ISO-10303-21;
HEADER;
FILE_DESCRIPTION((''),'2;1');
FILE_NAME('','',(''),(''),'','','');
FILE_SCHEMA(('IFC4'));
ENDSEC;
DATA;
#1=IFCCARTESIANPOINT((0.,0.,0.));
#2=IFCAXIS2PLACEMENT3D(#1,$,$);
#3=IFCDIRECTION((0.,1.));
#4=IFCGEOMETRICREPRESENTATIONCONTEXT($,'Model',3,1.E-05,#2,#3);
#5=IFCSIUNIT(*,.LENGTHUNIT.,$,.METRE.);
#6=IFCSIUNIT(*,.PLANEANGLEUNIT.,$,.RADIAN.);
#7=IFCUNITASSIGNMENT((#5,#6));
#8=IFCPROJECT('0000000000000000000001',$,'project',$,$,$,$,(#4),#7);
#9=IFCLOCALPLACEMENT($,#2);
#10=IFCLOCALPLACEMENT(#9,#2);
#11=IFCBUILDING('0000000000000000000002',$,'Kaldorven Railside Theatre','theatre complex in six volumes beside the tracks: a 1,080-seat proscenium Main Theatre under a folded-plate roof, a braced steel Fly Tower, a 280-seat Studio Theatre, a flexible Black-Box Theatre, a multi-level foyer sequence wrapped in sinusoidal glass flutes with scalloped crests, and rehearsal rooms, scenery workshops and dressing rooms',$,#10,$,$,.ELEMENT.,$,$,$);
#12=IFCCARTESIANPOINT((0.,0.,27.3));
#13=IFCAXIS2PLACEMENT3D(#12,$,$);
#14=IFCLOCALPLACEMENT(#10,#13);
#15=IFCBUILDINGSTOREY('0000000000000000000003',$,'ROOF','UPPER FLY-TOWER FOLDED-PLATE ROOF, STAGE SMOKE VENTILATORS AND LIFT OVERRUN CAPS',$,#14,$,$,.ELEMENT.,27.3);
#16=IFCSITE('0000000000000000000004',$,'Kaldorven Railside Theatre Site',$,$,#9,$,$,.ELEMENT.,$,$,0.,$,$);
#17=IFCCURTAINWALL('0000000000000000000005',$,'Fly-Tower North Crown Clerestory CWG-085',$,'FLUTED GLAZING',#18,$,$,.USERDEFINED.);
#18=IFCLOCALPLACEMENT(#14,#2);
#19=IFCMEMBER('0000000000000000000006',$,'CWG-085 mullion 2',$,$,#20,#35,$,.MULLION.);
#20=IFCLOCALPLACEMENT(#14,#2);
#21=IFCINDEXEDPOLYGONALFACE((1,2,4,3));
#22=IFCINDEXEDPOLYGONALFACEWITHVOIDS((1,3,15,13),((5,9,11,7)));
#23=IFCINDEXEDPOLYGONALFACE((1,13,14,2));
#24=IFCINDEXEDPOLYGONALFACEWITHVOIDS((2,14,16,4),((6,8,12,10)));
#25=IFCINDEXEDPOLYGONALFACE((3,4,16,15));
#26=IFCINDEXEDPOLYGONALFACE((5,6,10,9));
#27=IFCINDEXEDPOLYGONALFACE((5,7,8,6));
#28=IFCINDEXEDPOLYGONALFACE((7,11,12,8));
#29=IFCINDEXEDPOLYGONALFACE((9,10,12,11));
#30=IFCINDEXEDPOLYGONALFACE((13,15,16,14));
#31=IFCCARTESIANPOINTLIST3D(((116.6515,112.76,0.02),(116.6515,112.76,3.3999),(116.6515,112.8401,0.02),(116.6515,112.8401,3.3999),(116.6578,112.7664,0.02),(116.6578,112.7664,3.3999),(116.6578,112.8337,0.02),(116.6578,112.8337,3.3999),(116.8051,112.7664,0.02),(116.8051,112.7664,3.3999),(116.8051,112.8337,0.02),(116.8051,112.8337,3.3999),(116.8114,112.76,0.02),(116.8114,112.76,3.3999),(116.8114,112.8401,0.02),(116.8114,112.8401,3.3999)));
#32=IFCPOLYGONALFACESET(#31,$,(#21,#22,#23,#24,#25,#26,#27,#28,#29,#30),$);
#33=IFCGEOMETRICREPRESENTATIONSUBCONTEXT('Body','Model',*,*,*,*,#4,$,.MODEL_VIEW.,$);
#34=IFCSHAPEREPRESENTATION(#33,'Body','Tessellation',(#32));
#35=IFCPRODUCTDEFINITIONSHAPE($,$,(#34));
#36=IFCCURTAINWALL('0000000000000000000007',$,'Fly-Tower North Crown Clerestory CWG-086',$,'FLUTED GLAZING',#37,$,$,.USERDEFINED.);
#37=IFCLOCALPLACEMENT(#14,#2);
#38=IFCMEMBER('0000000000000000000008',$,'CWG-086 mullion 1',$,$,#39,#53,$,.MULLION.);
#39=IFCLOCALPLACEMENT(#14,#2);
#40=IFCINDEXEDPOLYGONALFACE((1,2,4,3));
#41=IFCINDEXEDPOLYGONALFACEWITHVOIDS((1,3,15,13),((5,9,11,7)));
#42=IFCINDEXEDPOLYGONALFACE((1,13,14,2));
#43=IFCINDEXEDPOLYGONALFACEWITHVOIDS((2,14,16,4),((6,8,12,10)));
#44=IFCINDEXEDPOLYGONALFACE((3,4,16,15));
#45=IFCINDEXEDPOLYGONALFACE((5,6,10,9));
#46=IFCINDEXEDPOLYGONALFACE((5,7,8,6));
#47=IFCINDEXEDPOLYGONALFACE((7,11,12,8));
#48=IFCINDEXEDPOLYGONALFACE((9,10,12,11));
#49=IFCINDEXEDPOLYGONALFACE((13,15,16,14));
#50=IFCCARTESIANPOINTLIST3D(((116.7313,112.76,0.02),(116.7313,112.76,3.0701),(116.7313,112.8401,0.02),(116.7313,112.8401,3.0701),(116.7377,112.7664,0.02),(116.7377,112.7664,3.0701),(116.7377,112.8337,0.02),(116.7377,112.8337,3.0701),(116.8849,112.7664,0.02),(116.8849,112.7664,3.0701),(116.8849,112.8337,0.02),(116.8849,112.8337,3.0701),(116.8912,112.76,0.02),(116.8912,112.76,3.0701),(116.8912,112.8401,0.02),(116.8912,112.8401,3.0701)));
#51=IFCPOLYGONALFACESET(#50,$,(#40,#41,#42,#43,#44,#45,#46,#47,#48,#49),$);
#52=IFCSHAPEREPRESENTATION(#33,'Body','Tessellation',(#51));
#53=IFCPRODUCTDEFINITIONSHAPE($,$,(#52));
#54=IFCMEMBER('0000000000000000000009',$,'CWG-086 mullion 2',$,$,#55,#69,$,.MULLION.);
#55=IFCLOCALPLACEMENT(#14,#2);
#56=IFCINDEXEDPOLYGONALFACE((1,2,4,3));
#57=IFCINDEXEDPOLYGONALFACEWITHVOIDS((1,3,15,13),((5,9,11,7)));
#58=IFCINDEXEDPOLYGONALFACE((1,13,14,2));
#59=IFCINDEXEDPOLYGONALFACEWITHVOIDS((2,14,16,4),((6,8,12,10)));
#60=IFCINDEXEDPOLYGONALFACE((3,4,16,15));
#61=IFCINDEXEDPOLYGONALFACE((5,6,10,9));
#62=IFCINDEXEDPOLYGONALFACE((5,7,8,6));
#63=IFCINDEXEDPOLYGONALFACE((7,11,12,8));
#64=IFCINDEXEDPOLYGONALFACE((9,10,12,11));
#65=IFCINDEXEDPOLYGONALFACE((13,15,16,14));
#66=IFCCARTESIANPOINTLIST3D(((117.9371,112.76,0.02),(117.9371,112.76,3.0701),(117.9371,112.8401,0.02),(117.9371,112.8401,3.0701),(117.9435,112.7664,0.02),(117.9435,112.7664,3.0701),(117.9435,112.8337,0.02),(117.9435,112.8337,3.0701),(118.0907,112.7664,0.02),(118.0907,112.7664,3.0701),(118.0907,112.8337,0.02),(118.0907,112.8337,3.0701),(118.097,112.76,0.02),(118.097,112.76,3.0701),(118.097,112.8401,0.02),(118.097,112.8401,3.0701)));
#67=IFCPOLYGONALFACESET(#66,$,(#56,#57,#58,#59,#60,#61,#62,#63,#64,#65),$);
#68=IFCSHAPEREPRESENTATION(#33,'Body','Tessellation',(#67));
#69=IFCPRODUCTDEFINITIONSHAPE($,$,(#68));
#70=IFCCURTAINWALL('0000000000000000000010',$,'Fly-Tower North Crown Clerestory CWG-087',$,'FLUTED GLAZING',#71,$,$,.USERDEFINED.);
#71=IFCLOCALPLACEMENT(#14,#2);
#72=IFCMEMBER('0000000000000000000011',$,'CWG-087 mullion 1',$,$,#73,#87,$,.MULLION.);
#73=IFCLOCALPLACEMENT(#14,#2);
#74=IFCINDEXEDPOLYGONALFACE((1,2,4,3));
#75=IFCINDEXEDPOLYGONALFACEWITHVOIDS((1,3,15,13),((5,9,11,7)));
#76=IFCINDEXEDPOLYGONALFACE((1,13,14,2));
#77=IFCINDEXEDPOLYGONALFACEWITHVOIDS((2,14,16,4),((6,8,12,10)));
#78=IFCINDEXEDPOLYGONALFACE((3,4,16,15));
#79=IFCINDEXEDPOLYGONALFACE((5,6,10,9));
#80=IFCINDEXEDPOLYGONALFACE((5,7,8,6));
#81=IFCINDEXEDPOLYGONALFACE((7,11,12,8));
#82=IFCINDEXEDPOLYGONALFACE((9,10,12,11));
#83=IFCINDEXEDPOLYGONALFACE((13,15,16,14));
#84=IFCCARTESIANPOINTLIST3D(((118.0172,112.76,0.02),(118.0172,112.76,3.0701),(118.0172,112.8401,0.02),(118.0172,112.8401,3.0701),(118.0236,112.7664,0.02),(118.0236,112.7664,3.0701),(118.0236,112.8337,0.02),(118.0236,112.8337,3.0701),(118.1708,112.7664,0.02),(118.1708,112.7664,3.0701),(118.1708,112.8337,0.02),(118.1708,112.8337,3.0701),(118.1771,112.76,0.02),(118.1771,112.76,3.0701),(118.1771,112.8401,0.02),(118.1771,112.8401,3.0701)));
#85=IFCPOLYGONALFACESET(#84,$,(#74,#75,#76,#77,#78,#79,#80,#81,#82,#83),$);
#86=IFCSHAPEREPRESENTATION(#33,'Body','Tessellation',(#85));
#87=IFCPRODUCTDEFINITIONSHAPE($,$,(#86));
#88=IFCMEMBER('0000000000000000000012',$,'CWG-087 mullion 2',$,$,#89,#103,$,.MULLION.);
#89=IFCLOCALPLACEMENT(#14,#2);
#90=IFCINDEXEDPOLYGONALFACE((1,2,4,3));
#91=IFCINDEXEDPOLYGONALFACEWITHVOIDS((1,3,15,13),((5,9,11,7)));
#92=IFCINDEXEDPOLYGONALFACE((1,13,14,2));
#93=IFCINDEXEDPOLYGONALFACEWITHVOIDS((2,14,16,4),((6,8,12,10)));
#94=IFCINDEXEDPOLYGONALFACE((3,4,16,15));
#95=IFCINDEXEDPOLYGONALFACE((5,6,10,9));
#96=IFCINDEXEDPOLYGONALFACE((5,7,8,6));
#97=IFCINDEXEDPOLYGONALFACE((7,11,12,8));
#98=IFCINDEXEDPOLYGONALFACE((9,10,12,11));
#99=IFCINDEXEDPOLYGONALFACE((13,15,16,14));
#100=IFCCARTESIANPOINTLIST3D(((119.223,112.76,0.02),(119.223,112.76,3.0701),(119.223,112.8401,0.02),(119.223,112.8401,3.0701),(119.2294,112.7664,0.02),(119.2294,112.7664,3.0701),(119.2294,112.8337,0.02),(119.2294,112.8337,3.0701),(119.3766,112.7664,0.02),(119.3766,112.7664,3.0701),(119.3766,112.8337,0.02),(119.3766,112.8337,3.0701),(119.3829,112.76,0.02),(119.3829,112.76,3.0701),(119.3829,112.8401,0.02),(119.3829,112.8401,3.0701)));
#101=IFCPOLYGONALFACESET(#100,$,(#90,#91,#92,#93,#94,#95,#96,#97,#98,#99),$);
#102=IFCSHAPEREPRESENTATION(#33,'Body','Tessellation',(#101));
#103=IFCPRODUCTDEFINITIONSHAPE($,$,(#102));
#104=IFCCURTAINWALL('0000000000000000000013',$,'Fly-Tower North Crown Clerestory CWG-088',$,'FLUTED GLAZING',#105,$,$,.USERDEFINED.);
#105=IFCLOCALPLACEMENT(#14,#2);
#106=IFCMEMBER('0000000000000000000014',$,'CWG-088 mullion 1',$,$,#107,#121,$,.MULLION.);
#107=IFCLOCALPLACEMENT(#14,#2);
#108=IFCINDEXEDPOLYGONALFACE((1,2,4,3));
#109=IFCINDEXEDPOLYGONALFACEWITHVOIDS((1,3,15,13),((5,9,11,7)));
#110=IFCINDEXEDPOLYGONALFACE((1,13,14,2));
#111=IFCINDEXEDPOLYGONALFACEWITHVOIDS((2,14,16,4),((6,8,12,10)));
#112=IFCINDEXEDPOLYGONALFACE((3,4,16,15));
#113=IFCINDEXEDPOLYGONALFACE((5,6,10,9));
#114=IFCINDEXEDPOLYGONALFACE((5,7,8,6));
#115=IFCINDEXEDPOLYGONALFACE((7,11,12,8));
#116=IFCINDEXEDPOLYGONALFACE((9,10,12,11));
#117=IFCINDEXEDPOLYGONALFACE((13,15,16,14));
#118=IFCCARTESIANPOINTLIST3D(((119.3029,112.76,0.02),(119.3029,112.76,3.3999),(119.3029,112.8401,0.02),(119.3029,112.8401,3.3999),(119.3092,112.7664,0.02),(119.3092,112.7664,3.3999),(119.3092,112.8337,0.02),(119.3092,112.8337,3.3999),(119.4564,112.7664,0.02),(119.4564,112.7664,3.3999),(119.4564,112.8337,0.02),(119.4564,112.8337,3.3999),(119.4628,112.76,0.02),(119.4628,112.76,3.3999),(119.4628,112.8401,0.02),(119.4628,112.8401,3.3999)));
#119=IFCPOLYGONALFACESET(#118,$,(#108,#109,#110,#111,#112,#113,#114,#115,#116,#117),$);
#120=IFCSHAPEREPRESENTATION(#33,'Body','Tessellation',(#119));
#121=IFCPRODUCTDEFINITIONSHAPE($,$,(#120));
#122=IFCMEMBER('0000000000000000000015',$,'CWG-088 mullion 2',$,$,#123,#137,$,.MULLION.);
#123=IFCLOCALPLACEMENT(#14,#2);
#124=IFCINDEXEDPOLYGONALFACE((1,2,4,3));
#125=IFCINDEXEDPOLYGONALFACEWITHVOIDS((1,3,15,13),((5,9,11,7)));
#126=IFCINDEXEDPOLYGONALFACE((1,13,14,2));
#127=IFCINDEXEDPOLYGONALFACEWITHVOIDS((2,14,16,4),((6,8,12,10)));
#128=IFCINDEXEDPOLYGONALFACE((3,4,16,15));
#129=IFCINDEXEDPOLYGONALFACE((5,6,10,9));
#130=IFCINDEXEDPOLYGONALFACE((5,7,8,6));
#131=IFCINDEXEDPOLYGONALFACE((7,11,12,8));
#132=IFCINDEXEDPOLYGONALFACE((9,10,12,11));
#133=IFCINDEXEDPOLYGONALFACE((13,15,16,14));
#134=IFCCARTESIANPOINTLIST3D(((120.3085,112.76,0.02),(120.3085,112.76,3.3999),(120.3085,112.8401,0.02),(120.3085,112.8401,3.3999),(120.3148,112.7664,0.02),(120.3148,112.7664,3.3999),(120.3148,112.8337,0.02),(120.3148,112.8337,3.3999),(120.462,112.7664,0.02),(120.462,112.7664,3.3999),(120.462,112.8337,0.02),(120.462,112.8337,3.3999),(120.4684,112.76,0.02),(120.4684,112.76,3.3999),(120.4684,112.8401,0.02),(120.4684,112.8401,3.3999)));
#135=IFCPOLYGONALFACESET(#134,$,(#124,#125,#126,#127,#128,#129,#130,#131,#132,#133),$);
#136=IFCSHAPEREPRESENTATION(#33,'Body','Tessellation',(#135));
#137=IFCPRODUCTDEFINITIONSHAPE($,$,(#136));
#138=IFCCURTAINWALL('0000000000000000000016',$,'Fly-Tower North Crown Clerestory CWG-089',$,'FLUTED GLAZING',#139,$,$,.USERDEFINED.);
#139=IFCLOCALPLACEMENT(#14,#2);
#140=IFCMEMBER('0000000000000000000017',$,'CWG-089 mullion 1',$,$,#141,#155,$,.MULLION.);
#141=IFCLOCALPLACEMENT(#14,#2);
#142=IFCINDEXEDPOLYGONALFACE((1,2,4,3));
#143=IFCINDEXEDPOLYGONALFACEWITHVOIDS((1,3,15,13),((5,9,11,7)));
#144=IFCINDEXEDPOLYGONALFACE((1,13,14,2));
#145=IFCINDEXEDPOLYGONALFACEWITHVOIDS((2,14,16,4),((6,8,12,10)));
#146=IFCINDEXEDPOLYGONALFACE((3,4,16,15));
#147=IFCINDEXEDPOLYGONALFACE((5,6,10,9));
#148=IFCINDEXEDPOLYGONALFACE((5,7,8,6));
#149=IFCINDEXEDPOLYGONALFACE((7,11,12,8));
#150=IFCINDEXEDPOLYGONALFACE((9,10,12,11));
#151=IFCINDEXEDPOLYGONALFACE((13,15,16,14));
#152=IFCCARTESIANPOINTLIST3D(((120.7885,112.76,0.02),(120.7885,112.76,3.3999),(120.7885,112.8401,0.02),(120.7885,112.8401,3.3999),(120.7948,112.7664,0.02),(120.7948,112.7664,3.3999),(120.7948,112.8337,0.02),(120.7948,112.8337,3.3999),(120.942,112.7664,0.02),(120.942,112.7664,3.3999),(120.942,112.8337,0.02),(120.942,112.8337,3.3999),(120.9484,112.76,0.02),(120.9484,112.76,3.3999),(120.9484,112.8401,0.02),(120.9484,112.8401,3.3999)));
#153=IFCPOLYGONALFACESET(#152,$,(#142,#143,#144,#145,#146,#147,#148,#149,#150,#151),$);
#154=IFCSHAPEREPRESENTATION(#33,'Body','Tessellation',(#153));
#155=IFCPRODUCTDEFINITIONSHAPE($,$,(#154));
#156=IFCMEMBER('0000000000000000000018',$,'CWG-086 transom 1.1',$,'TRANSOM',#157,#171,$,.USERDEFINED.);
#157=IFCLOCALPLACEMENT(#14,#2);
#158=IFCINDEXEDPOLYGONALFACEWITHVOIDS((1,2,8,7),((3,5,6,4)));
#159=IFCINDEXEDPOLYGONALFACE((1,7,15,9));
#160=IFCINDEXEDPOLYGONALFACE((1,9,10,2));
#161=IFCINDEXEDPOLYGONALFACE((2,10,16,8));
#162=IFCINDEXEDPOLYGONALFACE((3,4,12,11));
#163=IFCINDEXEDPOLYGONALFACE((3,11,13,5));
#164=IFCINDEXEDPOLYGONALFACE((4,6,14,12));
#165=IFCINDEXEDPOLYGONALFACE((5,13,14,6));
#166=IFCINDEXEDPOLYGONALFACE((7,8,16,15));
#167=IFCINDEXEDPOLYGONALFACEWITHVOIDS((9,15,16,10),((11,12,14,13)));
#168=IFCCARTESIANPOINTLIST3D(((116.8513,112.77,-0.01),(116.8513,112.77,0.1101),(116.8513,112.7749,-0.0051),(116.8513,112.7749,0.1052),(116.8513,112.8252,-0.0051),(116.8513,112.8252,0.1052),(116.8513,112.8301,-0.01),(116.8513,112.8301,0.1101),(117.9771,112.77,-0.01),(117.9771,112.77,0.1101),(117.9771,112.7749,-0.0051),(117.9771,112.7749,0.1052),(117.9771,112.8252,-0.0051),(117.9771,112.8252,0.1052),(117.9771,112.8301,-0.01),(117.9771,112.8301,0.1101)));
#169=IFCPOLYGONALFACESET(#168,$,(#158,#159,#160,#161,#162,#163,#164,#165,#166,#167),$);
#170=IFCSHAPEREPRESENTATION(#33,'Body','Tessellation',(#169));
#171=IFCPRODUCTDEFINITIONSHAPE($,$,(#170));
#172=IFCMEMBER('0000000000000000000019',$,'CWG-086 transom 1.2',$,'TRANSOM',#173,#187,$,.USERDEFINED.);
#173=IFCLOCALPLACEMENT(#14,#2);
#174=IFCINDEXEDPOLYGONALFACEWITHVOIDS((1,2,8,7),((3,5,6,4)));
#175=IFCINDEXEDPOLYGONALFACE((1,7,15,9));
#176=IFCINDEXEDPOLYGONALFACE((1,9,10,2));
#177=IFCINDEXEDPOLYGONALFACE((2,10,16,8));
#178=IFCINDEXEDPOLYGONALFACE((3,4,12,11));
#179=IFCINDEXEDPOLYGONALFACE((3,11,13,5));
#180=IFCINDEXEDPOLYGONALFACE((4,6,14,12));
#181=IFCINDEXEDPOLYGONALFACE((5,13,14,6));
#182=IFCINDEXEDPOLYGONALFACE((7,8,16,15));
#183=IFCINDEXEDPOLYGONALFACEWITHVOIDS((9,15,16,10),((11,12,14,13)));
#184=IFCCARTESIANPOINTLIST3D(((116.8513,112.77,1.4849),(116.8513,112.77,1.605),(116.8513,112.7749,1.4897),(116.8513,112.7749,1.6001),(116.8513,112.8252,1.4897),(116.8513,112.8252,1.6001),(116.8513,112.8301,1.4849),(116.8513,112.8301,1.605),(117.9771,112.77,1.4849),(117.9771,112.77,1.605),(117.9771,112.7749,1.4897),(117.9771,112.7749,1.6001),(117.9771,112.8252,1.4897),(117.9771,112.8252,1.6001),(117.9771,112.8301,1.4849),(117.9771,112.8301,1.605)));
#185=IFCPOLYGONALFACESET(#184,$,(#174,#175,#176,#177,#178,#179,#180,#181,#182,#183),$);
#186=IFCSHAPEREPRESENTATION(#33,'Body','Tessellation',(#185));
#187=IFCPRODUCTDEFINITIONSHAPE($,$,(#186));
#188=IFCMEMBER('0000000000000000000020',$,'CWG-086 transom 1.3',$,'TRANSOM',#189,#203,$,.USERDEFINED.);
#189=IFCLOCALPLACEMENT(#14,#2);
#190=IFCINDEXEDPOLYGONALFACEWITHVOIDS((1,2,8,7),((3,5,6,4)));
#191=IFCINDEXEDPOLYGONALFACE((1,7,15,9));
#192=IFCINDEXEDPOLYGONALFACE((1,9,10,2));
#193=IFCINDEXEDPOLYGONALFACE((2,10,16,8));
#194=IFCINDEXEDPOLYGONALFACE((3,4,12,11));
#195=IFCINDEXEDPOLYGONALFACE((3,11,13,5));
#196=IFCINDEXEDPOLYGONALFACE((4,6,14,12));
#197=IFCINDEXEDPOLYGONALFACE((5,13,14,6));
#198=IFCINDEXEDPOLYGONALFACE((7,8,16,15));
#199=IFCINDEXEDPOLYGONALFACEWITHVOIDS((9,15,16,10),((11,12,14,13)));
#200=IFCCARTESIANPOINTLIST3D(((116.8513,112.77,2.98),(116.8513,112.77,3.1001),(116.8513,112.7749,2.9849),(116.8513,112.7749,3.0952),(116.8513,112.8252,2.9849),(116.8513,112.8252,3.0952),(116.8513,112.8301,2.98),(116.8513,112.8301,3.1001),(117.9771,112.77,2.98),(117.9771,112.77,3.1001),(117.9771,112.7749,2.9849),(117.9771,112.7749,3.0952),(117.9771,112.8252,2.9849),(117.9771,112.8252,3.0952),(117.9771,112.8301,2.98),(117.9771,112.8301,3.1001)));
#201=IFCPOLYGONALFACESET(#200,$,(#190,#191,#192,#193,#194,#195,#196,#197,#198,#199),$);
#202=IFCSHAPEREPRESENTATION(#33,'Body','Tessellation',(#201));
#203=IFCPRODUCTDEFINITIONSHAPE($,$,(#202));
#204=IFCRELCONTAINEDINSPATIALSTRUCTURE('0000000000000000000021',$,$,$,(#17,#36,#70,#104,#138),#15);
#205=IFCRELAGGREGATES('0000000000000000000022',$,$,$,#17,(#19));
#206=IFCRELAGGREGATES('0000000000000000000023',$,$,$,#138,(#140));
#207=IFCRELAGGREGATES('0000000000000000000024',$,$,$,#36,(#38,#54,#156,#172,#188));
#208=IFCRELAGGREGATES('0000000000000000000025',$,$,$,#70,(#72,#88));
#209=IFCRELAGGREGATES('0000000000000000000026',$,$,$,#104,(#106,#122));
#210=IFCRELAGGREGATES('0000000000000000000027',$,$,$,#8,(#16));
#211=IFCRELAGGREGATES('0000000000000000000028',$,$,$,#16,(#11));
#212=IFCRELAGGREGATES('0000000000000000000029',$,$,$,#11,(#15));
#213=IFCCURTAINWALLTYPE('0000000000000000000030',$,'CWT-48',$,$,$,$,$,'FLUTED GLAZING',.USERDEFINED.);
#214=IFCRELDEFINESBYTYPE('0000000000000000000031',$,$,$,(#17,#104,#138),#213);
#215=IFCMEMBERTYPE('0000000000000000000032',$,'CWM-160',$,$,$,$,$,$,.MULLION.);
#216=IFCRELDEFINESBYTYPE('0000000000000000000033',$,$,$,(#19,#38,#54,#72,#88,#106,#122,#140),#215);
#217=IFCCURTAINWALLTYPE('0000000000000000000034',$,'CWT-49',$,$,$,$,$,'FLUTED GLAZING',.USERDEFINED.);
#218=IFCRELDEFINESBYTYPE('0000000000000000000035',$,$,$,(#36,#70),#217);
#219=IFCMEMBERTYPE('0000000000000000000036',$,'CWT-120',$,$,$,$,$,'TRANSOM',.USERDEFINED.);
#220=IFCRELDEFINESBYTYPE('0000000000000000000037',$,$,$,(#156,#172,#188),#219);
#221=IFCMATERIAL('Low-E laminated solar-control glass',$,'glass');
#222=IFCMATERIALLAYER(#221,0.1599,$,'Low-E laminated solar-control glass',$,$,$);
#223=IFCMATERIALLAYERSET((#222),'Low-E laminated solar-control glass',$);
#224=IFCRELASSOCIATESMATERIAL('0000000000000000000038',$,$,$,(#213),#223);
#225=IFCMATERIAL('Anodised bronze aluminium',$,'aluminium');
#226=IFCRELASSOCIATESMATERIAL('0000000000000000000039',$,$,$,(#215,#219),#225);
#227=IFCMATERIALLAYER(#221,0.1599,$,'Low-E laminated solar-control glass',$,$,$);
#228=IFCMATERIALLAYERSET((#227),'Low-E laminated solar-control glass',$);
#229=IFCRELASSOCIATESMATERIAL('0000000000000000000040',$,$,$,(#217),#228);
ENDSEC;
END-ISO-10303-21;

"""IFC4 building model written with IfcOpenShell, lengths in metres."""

from ifc_helpers import new_model, si_unit, direction, frame, origin, origin_2d, place, context, subcontext, project, spatial, hollow_rectangle, extrude, material, layer, layer_set, material_profile, profile_set, type_object, element, aggregate, save


model = new_model("IFC4")

# Units and contexts
model_context = context("Model", 3, precision=1e-05, world=origin(), true_north=direction((0.0, 1.0)))
body_context = subcontext(model_context, "Body", "Model", "MODEL_VIEW")
ifc_project = project(units=[si_unit("LENGTHUNIT", "METRE"), si_unit("PLANEANGLEUNIT", "RADIAN")], contexts=[model_context])

# Site, building, storey
site_placement = place(None, origin())
site = spatial("IfcSite", under=ifc_project, at=site_placement, Name="Kaldorven Railside Theatre Site", CompositionType="ELEMENT", RefElevation=0.0)
building_placement = place(site_placement, origin())
building = spatial("IfcBuilding", under=site, at=building_placement, Name="Kaldorven Railside Theatre", Description="theatre complex in six volumes beside the tracks: a 1,080-seat proscenium Main Theatre under a folded-plate roof, a braced steel Fly Tower, a 280-seat Studio Theatre, a flexible Black-Box Theatre, a multi-level foyer sequence wrapped in sinusoidal glass flutes with scalloped crests, and rehearsal rooms, scenery workshops and dressing rooms", CompositionType="ELEMENT")
storey_placement = place(building_placement, frame((0.0, 0.0, 27.3)))
storey = spatial("IfcBuildingStorey", under=building, at=storey_placement, Name="ROOF", Description="UPPER FLY-TOWER FOLDED-PLATE ROOF, STAGE SMOKE VENTILATORS AND LIFT OVERRUN CAPS", CompositionType="ELEMENT", Elevation=27.3)

# Curtain wall, member
ifc_material_1 = material(Name="Low-E laminated solar-control glass", Category="glass")
ifc_layer_1 = layer(ifc_material_1, 0.1599, Name="Low-E laminated solar-control glass")
ifc_layer_set_1 = layer_set([ifc_layer_1], Name="Low-E laminated solar-control glass")
curtain_wall_type_1 = type_object("IfcCurtainWallType", Name="CWT-48", ElementType="FLUTED GLAZING", PredefinedType="USERDEFINED", material=ifc_layer_set_1)
curtain_wall_1_placement = place(storey_placement, origin())
curtain_wall_1 = element("IfcCurtainWall", 1, at=curtain_wall_1_placement, inside=storey, type_object=curtain_wall_type_1, Name="Fly-Tower North Crown Clerestory CWG-085", ObjectType="FLUTED GLAZING", PredefinedType="USERDEFINED")
ifc_material_2 = material(Name="Anodised bronze aluminium", Category="aluminium")
ifc_material_profile_1 = material_profile(ifc_material_2, hollow_rectangle(XDim=0.0801, YDim=0.1599, WallThickness=0.0063, at=origin_2d()), Name="RHS 160x80x6.3")
ifc_profile_set_1 = profile_set([ifc_material_profile_1], Name="Anodised bronze aluminium")
member_type_1 = type_object("IfcMemberType", Name="CWM-160", PredefinedType="MULLION", material=ifc_profile_set_1)
member_1_placement = place(storey_placement, frame((116.7314, 112.8, 0.02), z_axis=(0.0, 0.0, 1.0), x_axis=(0.0, 1.0, 0.0)))
member_1 = element("IfcMember", 2, at=member_1_placement, type_object=member_type_1, Name="CWG-085 mullion 2", PredefinedType="MULLION", context=body_context, shape_type="SweptSolid", body=[
    extrude(hollow_rectangle(XDim=0.0801, YDim=0.1599, WallThickness=0.0063, at=origin_2d()), origin(), (0.0, 0.0, 1.0), 3.3799),
])
aggregate(curtain_wall_1, [member_1])

# Curtain walls, members
ifc_layer_2 = layer(ifc_material_1, 0.1599, Name="Low-E laminated solar-control glass")
ifc_layer_set_2 = layer_set([ifc_layer_2], Name="Low-E laminated solar-control glass")
curtain_wall_type_2 = type_object("IfcCurtainWallType", Name="CWT-49", ElementType="FLUTED GLAZING", PredefinedType="USERDEFINED", material=ifc_layer_set_2)
curtain_wall_2_placement = place(storey_placement, origin())
curtain_wall_2 = element("IfcCurtainWall", 3, at=curtain_wall_2_placement, inside=storey, type_object=curtain_wall_type_2, Name="Fly-Tower North Crown Clerestory CWG-086", ObjectType="FLUTED GLAZING", PredefinedType="USERDEFINED")
member_2_placement = place(storey_placement, frame((116.8113, 112.8, 0.02), z_axis=(0.0, 0.0, 1.0), x_axis=(0.0, 1.0, 0.0)))
member_2 = element("IfcMember", 4, at=member_2_placement, type_object=member_type_1, Name="CWG-086 mullion 1", PredefinedType="MULLION", context=body_context, shape_type="SweptSolid", body=[
    extrude(hollow_rectangle(XDim=0.0801, YDim=0.1599, WallThickness=0.0063, at=origin_2d()), origin(), (0.0, 0.0, 1.0), 3.05),
])
member_3_placement = place(storey_placement, frame((118.0171, 112.8, 0.02), z_axis=(0.0, 0.0, 1.0), x_axis=(0.0, 1.0, 0.0)))
member_3 = element("IfcMember", 5, at=member_3_placement, type_object=member_type_1, Name="CWG-086 mullion 2", PredefinedType="MULLION", context=body_context, shape_type="SweptSolid", body=[
    extrude(hollow_rectangle(XDim=0.0801, YDim=0.1599, WallThickness=0.0063, at=origin_2d()), origin(), (0.0, 0.0, 1.0), 3.05),
])
curtain_wall_3_placement = place(storey_placement, origin())
curtain_wall_3 = element("IfcCurtainWall", 6, at=curtain_wall_3_placement, inside=storey, type_object=curtain_wall_type_2, Name="Fly-Tower North Crown Clerestory CWG-087", ObjectType="FLUTED GLAZING", PredefinedType="USERDEFINED")
member_4_placement = place(storey_placement, frame((118.0972, 112.8, 0.02), z_axis=(0.0, 0.0, 1.0), x_axis=(0.0, 1.0, 0.0)))
member_4 = element("IfcMember", 7, at=member_4_placement, type_object=member_type_1, Name="CWG-087 mullion 1", PredefinedType="MULLION", context=body_context, shape_type="SweptSolid", body=[
    extrude(hollow_rectangle(XDim=0.0801, YDim=0.1599, WallThickness=0.0063, at=origin_2d()), origin(), (0.0, 0.0, 1.0), 3.05),
])
member_5_placement = place(storey_placement, frame((119.303, 112.8, 0.02), z_axis=(0.0, 0.0, 1.0), x_axis=(0.0, 1.0, 0.0)))
member_5 = element("IfcMember", 8, at=member_5_placement, type_object=member_type_1, Name="CWG-087 mullion 2", PredefinedType="MULLION", context=body_context, shape_type="SweptSolid", body=[
    extrude(hollow_rectangle(XDim=0.0801, YDim=0.1599, WallThickness=0.0063, at=origin_2d()), origin(), (0.0, 0.0, 1.0), 3.05),
])
curtain_wall_4_placement = place(storey_placement, origin())
curtain_wall_4 = element("IfcCurtainWall", 9, at=curtain_wall_4_placement, inside=storey, type_object=curtain_wall_type_1, Name="Fly-Tower North Crown Clerestory CWG-088", ObjectType="FLUTED GLAZING", PredefinedType="USERDEFINED")
member_6_placement = place(storey_placement, frame((119.3828, 112.8, 0.02), z_axis=(0.0, 0.0, 1.0), x_axis=(0.0, 1.0, 0.0)))
member_6 = element("IfcMember", 10, at=member_6_placement, type_object=member_type_1, Name="CWG-088 mullion 1", PredefinedType="MULLION", context=body_context, shape_type="SweptSolid", body=[
    extrude(hollow_rectangle(XDim=0.0801, YDim=0.1599, WallThickness=0.0063, at=origin_2d()), origin(), (0.0, 0.0, 1.0), 3.3799),
])
member_7_placement = place(storey_placement, frame((120.3884, 112.8, 0.02), z_axis=(0.0, 0.0, 1.0), x_axis=(0.0, 1.0, 0.0)))
member_7 = element("IfcMember", 11, at=member_7_placement, type_object=member_type_1, Name="CWG-088 mullion 2", PredefinedType="MULLION", context=body_context, shape_type="SweptSolid", body=[
    extrude(hollow_rectangle(XDim=0.0801, YDim=0.1599, WallThickness=0.0063, at=origin_2d()), origin(), (0.0, 0.0, 1.0), 3.3799),
])

# Curtain wall, member
curtain_wall_5_placement = place(storey_placement, origin())
curtain_wall_5 = element("IfcCurtainWall", 12, at=curtain_wall_5_placement, inside=storey, type_object=curtain_wall_type_1, Name="Fly-Tower North Crown Clerestory CWG-089", ObjectType="FLUTED GLAZING", PredefinedType="USERDEFINED")
member_8_placement = place(storey_placement, frame((120.8684, 112.8, 0.02), z_axis=(0.0, 0.0, 1.0), x_axis=(0.0, 1.0, 0.0)))
member_8 = element("IfcMember", 13, at=member_8_placement, type_object=member_type_1, Name="CWG-089 mullion 1", PredefinedType="MULLION", context=body_context, shape_type="SweptSolid", body=[
    extrude(hollow_rectangle(XDim=0.0801, YDim=0.1599, WallThickness=0.0063, at=origin_2d()), origin(), (0.0, 0.0, 1.0), 3.3799),
])

# Members
ifc_material_profile_2 = material_profile(ifc_material_2, hollow_rectangle(XDim=0.0601, YDim=0.1201, WallThickness=0.0049, at=origin_2d()), Name="RHS 120x60x5")
ifc_profile_set_2 = profile_set([ifc_material_profile_2], Name="Anodised bronze aluminium")
member_type_2 = type_object("IfcMemberType", Name="CWT-120", ElementType="TRANSOM", PredefinedType="USERDEFINED", material=ifc_profile_set_2)
member_9_placement = place(storey_placement, frame((116.8513, 112.8, 0.05), z_axis=(1.0, 0.0, 0.0), x_axis=(0.0, 1.0, 0.0)))
member_9 = element("IfcMember", 14, at=member_9_placement, type_object=member_type_2, Name="CWG-086 transom 1.1", ObjectType="TRANSOM", PredefinedType="USERDEFINED", context=body_context, shape_type="SweptSolid", body=[
    extrude(hollow_rectangle(XDim=0.0601, YDim=0.1201, WallThickness=0.0049, at=origin_2d()), origin(), (0.0, 0.0, 1.0), 1.1257),
])
member_10_placement = place(storey_placement, frame((116.8513, 112.8, 1.5449), z_axis=(1.0, 0.0, 0.0), x_axis=(0.0, 1.0, 0.0)))
member_10 = element("IfcMember", 15, at=member_10_placement, type_object=member_type_2, Name="CWG-086 transom 1.2", ObjectType="TRANSOM", PredefinedType="USERDEFINED", context=body_context, shape_type="SweptSolid", body=[
    extrude(hollow_rectangle(XDim=0.0601, YDim=0.1201, WallThickness=0.0049, at=origin_2d()), origin(), (0.0, 0.0, 1.0), 1.1257),
])
member_11_placement = place(storey_placement, frame((116.8513, 112.8, 3.04), z_axis=(1.0, 0.0, 0.0), x_axis=(0.0, 1.0, 0.0)))
member_11 = element("IfcMember", 16, at=member_11_placement, type_object=member_type_2, Name="CWG-086 transom 1.3", ObjectType="TRANSOM", PredefinedType="USERDEFINED", context=body_context, shape_type="SweptSolid", body=[
    extrude(hollow_rectangle(XDim=0.0601, YDim=0.1201, WallThickness=0.0049, at=origin_2d()), origin(), (0.0, 0.0, 1.0), 1.1257),
])
aggregate(curtain_wall_5, [member_8])

aggregate(curtain_wall_2, [member_2, member_3, member_9, member_10, member_11])
aggregate(curtain_wall_3, [member_4, member_5])
aggregate(curtain_wall_4, [member_6, member_7])

save(model, "model.ifc")
